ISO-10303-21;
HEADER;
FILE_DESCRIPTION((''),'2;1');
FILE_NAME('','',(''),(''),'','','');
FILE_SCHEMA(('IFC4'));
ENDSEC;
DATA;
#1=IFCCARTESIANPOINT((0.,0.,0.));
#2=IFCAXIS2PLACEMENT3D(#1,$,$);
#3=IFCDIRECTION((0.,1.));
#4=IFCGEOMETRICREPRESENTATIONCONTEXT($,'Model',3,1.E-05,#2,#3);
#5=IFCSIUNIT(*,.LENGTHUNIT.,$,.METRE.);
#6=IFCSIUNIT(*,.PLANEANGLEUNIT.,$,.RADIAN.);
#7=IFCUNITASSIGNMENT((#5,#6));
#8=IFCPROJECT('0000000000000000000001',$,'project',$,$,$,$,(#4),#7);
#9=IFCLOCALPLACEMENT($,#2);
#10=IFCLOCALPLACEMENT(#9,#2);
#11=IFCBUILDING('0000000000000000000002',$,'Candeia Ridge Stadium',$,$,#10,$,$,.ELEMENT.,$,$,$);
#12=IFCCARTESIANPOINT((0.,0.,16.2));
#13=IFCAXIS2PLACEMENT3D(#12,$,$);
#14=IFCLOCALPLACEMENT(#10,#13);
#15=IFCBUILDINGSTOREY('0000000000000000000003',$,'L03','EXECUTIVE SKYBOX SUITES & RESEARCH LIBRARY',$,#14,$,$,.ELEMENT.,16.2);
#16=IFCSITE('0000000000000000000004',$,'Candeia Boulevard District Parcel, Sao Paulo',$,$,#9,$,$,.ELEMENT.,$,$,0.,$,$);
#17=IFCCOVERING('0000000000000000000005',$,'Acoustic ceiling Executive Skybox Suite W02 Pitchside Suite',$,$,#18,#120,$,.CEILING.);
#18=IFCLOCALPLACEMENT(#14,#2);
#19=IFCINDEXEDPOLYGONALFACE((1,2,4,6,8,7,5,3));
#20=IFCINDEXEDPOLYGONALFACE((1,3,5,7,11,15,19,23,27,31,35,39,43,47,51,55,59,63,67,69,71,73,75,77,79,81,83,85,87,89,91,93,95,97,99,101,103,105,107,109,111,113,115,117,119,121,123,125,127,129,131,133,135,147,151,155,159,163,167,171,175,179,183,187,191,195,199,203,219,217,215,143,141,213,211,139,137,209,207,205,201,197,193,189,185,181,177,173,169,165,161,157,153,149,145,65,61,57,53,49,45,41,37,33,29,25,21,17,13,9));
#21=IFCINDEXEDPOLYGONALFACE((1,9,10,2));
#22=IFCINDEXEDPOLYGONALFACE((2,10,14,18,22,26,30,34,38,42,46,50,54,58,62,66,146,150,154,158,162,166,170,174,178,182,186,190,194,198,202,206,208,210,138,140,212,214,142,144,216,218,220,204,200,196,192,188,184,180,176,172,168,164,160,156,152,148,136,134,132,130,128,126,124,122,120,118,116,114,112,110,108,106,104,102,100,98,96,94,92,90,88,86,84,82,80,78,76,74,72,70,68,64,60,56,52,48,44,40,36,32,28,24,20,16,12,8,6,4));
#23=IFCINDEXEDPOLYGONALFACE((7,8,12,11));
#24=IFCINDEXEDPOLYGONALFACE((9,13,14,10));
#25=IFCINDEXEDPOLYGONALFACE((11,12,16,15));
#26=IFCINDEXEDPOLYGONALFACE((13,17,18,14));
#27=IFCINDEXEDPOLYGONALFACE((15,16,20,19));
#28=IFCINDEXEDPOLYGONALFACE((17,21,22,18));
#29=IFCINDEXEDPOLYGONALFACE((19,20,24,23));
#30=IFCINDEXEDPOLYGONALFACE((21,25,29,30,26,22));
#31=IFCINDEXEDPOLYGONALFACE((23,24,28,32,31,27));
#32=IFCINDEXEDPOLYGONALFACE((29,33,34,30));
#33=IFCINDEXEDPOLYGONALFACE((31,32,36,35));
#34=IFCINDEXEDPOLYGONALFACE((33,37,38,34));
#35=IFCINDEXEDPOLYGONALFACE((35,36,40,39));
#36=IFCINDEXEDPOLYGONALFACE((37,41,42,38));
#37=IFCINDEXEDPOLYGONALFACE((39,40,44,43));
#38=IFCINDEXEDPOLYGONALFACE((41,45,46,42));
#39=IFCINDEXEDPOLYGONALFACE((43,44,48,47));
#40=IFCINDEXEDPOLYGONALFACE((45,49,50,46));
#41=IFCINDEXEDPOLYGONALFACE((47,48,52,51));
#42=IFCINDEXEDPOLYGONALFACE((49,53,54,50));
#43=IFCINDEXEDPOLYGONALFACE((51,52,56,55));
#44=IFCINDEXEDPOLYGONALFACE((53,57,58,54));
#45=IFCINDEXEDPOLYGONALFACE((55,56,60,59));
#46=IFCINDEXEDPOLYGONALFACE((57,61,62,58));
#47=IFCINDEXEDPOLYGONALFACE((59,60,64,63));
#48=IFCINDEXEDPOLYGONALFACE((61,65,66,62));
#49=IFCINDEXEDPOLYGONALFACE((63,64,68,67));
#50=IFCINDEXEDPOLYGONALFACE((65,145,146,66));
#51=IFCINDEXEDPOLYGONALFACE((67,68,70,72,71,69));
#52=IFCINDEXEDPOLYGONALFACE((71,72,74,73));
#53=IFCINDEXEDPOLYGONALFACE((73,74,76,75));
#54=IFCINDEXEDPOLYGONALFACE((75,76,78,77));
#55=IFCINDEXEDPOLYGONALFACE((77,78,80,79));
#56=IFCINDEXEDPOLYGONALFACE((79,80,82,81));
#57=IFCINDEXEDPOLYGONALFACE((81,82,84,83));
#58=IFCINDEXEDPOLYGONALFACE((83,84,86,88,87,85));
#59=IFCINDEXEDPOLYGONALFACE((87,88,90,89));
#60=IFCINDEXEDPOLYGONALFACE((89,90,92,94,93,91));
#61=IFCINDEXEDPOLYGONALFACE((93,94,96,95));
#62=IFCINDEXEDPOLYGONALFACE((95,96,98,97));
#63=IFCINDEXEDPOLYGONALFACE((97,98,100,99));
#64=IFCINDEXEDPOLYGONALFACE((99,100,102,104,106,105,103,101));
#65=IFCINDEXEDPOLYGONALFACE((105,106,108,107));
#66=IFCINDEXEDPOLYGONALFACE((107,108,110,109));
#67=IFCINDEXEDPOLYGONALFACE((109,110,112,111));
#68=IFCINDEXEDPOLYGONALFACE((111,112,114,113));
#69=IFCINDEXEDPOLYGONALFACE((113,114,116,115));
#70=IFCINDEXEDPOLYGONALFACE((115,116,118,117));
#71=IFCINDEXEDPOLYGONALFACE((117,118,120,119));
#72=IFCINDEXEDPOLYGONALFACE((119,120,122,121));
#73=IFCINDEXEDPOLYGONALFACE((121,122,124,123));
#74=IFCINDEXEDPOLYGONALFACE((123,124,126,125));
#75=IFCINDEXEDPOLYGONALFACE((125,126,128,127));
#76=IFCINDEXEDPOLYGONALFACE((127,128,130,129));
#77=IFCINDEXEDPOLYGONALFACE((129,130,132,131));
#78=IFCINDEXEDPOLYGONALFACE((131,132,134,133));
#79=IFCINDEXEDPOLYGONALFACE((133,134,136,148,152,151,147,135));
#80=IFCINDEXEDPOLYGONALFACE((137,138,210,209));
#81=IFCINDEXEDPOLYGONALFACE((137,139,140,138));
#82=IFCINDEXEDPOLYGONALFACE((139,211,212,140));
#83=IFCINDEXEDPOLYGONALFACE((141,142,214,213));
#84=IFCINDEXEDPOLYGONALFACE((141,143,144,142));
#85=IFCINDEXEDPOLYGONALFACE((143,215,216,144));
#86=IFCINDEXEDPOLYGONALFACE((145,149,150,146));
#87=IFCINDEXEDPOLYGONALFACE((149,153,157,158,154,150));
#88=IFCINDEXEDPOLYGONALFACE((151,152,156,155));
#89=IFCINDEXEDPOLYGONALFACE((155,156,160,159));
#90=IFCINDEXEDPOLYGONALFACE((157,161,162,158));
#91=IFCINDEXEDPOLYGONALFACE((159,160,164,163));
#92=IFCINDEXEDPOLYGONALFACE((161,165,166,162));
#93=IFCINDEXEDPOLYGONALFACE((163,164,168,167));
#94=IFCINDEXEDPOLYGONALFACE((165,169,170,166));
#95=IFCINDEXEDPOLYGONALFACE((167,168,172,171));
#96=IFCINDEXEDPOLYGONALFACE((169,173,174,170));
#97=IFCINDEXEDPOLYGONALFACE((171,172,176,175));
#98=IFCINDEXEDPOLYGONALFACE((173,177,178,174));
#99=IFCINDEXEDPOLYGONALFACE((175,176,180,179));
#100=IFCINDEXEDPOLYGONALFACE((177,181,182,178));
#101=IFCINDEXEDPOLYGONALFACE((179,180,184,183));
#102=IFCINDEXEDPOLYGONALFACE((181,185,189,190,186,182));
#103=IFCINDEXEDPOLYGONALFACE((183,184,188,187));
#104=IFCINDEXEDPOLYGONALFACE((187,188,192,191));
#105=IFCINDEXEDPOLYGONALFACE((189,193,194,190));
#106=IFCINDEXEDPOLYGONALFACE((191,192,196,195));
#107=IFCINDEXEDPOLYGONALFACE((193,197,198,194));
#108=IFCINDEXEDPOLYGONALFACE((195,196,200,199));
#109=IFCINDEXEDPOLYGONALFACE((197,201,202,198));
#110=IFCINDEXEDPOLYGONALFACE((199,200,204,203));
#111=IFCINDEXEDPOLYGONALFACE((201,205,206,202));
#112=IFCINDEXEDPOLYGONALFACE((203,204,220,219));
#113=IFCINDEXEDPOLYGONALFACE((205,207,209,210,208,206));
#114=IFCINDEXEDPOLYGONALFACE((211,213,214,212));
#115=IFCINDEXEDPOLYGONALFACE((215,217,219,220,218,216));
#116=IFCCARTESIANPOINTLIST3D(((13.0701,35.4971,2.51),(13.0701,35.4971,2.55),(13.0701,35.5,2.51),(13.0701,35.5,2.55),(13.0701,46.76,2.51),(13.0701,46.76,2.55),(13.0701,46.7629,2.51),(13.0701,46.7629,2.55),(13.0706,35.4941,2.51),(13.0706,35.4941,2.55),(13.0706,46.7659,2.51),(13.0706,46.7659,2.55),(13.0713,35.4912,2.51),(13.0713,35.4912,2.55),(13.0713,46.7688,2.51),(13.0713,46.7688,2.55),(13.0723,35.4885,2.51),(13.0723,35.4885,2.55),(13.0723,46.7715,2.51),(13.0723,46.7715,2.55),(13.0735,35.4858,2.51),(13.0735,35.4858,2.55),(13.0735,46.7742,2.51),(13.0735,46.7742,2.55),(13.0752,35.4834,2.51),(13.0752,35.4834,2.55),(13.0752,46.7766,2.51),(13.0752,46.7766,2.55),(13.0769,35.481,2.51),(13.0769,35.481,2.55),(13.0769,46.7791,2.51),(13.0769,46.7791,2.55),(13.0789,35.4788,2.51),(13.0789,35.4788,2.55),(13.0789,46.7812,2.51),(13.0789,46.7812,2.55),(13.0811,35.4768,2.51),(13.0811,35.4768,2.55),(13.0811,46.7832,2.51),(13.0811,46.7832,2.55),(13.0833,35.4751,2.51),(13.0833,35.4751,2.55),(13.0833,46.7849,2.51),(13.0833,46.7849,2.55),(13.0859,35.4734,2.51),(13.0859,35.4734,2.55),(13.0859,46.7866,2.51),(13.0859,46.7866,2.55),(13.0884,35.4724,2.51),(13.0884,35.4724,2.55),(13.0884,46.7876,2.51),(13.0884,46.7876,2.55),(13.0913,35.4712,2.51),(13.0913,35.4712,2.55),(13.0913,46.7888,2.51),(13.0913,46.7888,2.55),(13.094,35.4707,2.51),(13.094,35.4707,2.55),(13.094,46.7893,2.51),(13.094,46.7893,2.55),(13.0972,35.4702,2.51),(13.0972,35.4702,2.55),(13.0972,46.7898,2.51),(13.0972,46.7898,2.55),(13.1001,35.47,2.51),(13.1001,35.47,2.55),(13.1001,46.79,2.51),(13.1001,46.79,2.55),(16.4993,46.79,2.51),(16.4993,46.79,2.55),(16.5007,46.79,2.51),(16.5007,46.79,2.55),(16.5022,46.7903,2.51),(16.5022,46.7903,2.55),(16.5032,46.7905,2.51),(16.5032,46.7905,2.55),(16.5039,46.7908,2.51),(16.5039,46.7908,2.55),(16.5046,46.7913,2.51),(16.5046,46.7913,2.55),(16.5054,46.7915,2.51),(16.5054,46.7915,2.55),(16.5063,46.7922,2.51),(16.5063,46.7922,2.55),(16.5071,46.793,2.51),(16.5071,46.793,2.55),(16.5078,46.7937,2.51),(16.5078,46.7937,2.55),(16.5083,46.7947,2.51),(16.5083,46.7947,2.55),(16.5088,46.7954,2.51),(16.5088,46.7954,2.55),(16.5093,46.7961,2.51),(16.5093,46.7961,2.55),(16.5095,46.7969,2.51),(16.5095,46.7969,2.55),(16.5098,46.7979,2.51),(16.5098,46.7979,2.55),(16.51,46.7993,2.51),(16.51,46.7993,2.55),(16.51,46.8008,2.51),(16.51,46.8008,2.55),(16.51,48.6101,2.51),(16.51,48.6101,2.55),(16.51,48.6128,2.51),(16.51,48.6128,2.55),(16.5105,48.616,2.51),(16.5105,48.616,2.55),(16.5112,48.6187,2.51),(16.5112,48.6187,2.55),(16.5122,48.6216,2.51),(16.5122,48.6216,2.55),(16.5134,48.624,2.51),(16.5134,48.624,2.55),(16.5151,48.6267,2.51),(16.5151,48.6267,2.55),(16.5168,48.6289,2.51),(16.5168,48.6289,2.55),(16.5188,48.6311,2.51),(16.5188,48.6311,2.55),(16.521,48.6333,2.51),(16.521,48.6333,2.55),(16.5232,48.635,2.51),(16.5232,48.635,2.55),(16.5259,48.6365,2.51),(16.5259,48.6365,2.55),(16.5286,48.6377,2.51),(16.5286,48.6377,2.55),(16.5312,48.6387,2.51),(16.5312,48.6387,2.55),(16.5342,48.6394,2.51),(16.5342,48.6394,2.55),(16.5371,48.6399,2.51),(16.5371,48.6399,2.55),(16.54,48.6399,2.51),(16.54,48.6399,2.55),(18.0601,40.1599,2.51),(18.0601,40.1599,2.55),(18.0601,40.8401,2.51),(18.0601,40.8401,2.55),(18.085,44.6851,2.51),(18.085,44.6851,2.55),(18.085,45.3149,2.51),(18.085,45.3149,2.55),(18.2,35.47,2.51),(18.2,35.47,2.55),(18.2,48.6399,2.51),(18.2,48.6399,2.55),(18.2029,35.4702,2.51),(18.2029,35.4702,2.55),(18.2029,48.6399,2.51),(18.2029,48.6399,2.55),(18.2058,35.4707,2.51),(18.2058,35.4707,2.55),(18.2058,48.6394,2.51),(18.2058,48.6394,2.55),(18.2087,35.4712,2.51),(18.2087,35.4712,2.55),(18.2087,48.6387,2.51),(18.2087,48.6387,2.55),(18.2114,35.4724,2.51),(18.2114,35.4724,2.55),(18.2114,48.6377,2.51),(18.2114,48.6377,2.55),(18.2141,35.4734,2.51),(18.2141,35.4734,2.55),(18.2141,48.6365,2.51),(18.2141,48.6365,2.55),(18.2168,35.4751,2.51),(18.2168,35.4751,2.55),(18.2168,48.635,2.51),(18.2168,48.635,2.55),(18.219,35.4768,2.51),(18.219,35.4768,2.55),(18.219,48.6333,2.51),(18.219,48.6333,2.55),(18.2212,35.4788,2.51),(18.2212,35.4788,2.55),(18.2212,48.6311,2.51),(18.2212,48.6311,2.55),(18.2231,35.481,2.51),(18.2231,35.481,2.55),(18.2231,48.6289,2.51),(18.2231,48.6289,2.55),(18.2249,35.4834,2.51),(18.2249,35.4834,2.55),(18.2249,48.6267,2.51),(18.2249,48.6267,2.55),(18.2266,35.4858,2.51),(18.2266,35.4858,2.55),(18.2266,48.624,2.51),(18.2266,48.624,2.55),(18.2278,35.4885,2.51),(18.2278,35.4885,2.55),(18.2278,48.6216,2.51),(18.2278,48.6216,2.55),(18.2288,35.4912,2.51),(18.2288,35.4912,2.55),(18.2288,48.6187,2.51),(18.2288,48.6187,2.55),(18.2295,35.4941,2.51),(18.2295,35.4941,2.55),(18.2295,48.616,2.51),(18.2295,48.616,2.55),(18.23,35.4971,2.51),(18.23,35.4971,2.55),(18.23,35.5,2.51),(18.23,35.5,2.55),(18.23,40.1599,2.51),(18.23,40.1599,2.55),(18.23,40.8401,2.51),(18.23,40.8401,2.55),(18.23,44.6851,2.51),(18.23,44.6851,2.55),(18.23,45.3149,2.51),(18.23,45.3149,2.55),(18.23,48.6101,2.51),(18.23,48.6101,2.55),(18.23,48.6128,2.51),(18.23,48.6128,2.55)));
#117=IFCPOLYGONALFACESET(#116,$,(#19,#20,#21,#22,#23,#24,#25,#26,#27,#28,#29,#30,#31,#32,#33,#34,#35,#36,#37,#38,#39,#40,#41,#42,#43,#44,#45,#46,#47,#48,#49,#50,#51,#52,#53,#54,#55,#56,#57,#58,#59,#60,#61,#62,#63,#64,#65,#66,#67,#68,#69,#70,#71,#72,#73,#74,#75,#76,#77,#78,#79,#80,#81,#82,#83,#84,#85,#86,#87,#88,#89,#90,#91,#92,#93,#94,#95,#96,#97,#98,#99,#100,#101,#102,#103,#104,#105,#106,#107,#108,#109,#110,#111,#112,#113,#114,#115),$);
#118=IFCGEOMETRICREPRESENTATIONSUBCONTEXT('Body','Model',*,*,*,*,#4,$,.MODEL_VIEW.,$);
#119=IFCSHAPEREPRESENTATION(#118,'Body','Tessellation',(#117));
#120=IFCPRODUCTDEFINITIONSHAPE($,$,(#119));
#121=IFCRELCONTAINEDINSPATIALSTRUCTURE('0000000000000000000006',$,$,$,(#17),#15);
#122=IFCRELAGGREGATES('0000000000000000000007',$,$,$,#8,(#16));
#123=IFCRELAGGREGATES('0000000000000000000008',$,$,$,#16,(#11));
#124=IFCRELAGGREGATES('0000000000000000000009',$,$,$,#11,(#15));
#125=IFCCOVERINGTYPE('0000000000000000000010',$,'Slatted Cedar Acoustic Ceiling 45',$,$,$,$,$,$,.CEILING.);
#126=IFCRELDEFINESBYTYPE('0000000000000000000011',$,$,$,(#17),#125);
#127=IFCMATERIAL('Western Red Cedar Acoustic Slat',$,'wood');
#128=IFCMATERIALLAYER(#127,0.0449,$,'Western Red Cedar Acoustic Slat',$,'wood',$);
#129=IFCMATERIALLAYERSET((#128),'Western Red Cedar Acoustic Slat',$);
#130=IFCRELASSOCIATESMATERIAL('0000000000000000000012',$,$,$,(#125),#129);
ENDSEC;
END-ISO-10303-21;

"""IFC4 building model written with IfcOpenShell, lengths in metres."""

from ifc_helpers import new_model, si_unit, direction, frame, origin, place, context, subcontext, project, spatial, polyline, outline, extrude, material, layer, layer_set, type_object, element, save


model = new_model("IFC4")

# Units and contexts
model_context = context("Model", 3, precision=1e-05, world=origin(), true_north=direction((0.0, 1.0)))
body_context = subcontext(model_context, "Body", "Model", "MODEL_VIEW")
ifc_project = project(units=[si_unit("LENGTHUNIT", "METRE"), si_unit("PLANEANGLEUNIT", "RADIAN")], contexts=[model_context])

# Site, building, storey
site_placement = place(None, origin())
site = spatial("IfcSite", under=ifc_project, at=site_placement, Name="Candeia Boulevard District Parcel, Sao Paulo", CompositionType="ELEMENT", RefElevation=0.0)
building_placement = place(site_placement, origin())
building = spatial("IfcBuilding", under=site, at=building_placement, Name="Candeia Ridge Stadium", CompositionType="ELEMENT")
storey_placement = place(building_placement, frame((0.0, 0.0, 16.2)))
storey = spatial("IfcBuildingStorey", under=building, at=storey_placement, Name="L03", Description="EXECUTIVE SKYBOX SUITES & RESEARCH LIBRARY", CompositionType="ELEMENT", Elevation=16.2)

# Covering
ifc_material_1 = material(Name="Western Red Cedar Acoustic Slat", Category="wood")
ifc_layer_1 = layer(ifc_material_1, 0.0449, Name="Western Red Cedar Acoustic Slat", Category="wood")
ifc_layer_set_1 = layer_set([ifc_layer_1], Name="Western Red Cedar Acoustic Slat")
covering_type = type_object("IfcCoveringType", Name="Slatted Cedar Acoustic Ceiling 45", PredefinedType="CEILING", material=ifc_layer_set_1)
covering_1_placement = place(storey_placement, frame((0.0, 0.0, 2.51)))
element("IfcCovering", 1, at=covering_1_placement, inside=storey, type_object=covering_type, Name="Acoustic ceiling Executive Skybox Suite W02 Pitchside Suite", PredefinedType="CEILING", context=body_context, shape_type="SweptSolid", body=[
    extrude(outline(polyline([(18.2295, 35.4941), (18.2288, 35.4912), (18.2278, 35.4885), (18.2266, 35.4858), (18.2249, 35.4834), (18.2231, 35.481), (18.2212, 35.4788), (18.219, 35.4768), (18.2168, 35.4751), (18.2141, 35.4734), (18.2114, 35.4724), (18.2087, 35.4712), (18.2058, 35.4707), (18.2029, 35.4702), (18.2, 35.47), (13.1001, 35.47), (13.0972, 35.4702), (13.094, 35.4707), (13.0913, 35.4712), (13.0884, 35.4724), (13.0859, 35.4734), (13.0833, 35.4751), (13.0811, 35.4768), (13.0789, 35.4788), (13.0769, 35.481), (13.0752, 35.4834), (13.0735, 35.4858), (13.0723, 35.4885), (13.0713, 35.4912), (13.0706, 35.4941), (13.0701, 35.4971), (13.0701, 35.5), (13.0701, 46.76), (13.0701, 46.7629), (13.0706, 46.7659), (13.0713, 46.7688), (13.0723, 46.7715), (13.0735, 46.7742), (13.0752, 46.7766), (13.0769, 46.7791), (13.0789, 46.7812), (13.0811, 46.7832), (13.0833, 46.7849), (13.0859, 46.7866), (13.0884, 46.7876), (13.0913, 46.7888), (13.094, 46.7893), (13.0972, 46.7898), (13.1001, 46.79), (16.4993, 46.79), (16.5007, 46.79), (16.5022, 46.7903), (16.5032, 46.7905), (16.5039, 46.7908), (16.5046, 46.7913), (16.5054, 46.7915), (16.5063, 46.7922), (16.5071, 46.793), (16.5078, 46.7937), (16.5083, 46.7947), (16.5088, 46.7954), (16.5093, 46.7961), (16.5095, 46.7969), (16.5098, 46.7979), (16.51, 46.7993), (16.51, 46.8008), (16.51, 48.6101), (16.51, 48.6128), (16.5105, 48.616), (16.5112, 48.6187), (16.5122, 48.6216), (16.5134, 48.624), (16.5151, 48.6267), (16.5168, 48.6289), (16.5188, 48.6311), (16.521, 48.6333), (16.5232, 48.635), (16.5259, 48.6365), (16.5286, 48.6377), (16.5312, 48.6387), (16.5342, 48.6394), (16.5371, 48.6399), (16.54, 48.6399), (18.2, 48.6399), (18.2029, 48.6399), (18.2058, 48.6394), (18.2087, 48.6387), (18.2114, 48.6377), (18.2141, 48.6365), (18.2168, 48.635), (18.219, 48.6333), (18.2212, 48.6311), (18.2231, 48.6289), (18.2249, 48.6267), (18.2266, 48.624), (18.2278, 48.6216), (18.2288, 48.6187), (18.2295, 48.616), (18.23, 48.6128), (18.23, 48.6101), (18.23, 45.3149), (18.085, 45.3149), (18.085, 44.6851), (18.23, 44.6851), (18.23, 40.8401), (18.0601, 40.8401), (18.0601, 40.1599), (18.23, 40.1599), (18.23, 35.5), (18.23, 35.4971), (18.2295, 35.4941)])), origin(), (0.0, 0.0, 1.0), 0.04),
])

save(model, "model.ifc")
